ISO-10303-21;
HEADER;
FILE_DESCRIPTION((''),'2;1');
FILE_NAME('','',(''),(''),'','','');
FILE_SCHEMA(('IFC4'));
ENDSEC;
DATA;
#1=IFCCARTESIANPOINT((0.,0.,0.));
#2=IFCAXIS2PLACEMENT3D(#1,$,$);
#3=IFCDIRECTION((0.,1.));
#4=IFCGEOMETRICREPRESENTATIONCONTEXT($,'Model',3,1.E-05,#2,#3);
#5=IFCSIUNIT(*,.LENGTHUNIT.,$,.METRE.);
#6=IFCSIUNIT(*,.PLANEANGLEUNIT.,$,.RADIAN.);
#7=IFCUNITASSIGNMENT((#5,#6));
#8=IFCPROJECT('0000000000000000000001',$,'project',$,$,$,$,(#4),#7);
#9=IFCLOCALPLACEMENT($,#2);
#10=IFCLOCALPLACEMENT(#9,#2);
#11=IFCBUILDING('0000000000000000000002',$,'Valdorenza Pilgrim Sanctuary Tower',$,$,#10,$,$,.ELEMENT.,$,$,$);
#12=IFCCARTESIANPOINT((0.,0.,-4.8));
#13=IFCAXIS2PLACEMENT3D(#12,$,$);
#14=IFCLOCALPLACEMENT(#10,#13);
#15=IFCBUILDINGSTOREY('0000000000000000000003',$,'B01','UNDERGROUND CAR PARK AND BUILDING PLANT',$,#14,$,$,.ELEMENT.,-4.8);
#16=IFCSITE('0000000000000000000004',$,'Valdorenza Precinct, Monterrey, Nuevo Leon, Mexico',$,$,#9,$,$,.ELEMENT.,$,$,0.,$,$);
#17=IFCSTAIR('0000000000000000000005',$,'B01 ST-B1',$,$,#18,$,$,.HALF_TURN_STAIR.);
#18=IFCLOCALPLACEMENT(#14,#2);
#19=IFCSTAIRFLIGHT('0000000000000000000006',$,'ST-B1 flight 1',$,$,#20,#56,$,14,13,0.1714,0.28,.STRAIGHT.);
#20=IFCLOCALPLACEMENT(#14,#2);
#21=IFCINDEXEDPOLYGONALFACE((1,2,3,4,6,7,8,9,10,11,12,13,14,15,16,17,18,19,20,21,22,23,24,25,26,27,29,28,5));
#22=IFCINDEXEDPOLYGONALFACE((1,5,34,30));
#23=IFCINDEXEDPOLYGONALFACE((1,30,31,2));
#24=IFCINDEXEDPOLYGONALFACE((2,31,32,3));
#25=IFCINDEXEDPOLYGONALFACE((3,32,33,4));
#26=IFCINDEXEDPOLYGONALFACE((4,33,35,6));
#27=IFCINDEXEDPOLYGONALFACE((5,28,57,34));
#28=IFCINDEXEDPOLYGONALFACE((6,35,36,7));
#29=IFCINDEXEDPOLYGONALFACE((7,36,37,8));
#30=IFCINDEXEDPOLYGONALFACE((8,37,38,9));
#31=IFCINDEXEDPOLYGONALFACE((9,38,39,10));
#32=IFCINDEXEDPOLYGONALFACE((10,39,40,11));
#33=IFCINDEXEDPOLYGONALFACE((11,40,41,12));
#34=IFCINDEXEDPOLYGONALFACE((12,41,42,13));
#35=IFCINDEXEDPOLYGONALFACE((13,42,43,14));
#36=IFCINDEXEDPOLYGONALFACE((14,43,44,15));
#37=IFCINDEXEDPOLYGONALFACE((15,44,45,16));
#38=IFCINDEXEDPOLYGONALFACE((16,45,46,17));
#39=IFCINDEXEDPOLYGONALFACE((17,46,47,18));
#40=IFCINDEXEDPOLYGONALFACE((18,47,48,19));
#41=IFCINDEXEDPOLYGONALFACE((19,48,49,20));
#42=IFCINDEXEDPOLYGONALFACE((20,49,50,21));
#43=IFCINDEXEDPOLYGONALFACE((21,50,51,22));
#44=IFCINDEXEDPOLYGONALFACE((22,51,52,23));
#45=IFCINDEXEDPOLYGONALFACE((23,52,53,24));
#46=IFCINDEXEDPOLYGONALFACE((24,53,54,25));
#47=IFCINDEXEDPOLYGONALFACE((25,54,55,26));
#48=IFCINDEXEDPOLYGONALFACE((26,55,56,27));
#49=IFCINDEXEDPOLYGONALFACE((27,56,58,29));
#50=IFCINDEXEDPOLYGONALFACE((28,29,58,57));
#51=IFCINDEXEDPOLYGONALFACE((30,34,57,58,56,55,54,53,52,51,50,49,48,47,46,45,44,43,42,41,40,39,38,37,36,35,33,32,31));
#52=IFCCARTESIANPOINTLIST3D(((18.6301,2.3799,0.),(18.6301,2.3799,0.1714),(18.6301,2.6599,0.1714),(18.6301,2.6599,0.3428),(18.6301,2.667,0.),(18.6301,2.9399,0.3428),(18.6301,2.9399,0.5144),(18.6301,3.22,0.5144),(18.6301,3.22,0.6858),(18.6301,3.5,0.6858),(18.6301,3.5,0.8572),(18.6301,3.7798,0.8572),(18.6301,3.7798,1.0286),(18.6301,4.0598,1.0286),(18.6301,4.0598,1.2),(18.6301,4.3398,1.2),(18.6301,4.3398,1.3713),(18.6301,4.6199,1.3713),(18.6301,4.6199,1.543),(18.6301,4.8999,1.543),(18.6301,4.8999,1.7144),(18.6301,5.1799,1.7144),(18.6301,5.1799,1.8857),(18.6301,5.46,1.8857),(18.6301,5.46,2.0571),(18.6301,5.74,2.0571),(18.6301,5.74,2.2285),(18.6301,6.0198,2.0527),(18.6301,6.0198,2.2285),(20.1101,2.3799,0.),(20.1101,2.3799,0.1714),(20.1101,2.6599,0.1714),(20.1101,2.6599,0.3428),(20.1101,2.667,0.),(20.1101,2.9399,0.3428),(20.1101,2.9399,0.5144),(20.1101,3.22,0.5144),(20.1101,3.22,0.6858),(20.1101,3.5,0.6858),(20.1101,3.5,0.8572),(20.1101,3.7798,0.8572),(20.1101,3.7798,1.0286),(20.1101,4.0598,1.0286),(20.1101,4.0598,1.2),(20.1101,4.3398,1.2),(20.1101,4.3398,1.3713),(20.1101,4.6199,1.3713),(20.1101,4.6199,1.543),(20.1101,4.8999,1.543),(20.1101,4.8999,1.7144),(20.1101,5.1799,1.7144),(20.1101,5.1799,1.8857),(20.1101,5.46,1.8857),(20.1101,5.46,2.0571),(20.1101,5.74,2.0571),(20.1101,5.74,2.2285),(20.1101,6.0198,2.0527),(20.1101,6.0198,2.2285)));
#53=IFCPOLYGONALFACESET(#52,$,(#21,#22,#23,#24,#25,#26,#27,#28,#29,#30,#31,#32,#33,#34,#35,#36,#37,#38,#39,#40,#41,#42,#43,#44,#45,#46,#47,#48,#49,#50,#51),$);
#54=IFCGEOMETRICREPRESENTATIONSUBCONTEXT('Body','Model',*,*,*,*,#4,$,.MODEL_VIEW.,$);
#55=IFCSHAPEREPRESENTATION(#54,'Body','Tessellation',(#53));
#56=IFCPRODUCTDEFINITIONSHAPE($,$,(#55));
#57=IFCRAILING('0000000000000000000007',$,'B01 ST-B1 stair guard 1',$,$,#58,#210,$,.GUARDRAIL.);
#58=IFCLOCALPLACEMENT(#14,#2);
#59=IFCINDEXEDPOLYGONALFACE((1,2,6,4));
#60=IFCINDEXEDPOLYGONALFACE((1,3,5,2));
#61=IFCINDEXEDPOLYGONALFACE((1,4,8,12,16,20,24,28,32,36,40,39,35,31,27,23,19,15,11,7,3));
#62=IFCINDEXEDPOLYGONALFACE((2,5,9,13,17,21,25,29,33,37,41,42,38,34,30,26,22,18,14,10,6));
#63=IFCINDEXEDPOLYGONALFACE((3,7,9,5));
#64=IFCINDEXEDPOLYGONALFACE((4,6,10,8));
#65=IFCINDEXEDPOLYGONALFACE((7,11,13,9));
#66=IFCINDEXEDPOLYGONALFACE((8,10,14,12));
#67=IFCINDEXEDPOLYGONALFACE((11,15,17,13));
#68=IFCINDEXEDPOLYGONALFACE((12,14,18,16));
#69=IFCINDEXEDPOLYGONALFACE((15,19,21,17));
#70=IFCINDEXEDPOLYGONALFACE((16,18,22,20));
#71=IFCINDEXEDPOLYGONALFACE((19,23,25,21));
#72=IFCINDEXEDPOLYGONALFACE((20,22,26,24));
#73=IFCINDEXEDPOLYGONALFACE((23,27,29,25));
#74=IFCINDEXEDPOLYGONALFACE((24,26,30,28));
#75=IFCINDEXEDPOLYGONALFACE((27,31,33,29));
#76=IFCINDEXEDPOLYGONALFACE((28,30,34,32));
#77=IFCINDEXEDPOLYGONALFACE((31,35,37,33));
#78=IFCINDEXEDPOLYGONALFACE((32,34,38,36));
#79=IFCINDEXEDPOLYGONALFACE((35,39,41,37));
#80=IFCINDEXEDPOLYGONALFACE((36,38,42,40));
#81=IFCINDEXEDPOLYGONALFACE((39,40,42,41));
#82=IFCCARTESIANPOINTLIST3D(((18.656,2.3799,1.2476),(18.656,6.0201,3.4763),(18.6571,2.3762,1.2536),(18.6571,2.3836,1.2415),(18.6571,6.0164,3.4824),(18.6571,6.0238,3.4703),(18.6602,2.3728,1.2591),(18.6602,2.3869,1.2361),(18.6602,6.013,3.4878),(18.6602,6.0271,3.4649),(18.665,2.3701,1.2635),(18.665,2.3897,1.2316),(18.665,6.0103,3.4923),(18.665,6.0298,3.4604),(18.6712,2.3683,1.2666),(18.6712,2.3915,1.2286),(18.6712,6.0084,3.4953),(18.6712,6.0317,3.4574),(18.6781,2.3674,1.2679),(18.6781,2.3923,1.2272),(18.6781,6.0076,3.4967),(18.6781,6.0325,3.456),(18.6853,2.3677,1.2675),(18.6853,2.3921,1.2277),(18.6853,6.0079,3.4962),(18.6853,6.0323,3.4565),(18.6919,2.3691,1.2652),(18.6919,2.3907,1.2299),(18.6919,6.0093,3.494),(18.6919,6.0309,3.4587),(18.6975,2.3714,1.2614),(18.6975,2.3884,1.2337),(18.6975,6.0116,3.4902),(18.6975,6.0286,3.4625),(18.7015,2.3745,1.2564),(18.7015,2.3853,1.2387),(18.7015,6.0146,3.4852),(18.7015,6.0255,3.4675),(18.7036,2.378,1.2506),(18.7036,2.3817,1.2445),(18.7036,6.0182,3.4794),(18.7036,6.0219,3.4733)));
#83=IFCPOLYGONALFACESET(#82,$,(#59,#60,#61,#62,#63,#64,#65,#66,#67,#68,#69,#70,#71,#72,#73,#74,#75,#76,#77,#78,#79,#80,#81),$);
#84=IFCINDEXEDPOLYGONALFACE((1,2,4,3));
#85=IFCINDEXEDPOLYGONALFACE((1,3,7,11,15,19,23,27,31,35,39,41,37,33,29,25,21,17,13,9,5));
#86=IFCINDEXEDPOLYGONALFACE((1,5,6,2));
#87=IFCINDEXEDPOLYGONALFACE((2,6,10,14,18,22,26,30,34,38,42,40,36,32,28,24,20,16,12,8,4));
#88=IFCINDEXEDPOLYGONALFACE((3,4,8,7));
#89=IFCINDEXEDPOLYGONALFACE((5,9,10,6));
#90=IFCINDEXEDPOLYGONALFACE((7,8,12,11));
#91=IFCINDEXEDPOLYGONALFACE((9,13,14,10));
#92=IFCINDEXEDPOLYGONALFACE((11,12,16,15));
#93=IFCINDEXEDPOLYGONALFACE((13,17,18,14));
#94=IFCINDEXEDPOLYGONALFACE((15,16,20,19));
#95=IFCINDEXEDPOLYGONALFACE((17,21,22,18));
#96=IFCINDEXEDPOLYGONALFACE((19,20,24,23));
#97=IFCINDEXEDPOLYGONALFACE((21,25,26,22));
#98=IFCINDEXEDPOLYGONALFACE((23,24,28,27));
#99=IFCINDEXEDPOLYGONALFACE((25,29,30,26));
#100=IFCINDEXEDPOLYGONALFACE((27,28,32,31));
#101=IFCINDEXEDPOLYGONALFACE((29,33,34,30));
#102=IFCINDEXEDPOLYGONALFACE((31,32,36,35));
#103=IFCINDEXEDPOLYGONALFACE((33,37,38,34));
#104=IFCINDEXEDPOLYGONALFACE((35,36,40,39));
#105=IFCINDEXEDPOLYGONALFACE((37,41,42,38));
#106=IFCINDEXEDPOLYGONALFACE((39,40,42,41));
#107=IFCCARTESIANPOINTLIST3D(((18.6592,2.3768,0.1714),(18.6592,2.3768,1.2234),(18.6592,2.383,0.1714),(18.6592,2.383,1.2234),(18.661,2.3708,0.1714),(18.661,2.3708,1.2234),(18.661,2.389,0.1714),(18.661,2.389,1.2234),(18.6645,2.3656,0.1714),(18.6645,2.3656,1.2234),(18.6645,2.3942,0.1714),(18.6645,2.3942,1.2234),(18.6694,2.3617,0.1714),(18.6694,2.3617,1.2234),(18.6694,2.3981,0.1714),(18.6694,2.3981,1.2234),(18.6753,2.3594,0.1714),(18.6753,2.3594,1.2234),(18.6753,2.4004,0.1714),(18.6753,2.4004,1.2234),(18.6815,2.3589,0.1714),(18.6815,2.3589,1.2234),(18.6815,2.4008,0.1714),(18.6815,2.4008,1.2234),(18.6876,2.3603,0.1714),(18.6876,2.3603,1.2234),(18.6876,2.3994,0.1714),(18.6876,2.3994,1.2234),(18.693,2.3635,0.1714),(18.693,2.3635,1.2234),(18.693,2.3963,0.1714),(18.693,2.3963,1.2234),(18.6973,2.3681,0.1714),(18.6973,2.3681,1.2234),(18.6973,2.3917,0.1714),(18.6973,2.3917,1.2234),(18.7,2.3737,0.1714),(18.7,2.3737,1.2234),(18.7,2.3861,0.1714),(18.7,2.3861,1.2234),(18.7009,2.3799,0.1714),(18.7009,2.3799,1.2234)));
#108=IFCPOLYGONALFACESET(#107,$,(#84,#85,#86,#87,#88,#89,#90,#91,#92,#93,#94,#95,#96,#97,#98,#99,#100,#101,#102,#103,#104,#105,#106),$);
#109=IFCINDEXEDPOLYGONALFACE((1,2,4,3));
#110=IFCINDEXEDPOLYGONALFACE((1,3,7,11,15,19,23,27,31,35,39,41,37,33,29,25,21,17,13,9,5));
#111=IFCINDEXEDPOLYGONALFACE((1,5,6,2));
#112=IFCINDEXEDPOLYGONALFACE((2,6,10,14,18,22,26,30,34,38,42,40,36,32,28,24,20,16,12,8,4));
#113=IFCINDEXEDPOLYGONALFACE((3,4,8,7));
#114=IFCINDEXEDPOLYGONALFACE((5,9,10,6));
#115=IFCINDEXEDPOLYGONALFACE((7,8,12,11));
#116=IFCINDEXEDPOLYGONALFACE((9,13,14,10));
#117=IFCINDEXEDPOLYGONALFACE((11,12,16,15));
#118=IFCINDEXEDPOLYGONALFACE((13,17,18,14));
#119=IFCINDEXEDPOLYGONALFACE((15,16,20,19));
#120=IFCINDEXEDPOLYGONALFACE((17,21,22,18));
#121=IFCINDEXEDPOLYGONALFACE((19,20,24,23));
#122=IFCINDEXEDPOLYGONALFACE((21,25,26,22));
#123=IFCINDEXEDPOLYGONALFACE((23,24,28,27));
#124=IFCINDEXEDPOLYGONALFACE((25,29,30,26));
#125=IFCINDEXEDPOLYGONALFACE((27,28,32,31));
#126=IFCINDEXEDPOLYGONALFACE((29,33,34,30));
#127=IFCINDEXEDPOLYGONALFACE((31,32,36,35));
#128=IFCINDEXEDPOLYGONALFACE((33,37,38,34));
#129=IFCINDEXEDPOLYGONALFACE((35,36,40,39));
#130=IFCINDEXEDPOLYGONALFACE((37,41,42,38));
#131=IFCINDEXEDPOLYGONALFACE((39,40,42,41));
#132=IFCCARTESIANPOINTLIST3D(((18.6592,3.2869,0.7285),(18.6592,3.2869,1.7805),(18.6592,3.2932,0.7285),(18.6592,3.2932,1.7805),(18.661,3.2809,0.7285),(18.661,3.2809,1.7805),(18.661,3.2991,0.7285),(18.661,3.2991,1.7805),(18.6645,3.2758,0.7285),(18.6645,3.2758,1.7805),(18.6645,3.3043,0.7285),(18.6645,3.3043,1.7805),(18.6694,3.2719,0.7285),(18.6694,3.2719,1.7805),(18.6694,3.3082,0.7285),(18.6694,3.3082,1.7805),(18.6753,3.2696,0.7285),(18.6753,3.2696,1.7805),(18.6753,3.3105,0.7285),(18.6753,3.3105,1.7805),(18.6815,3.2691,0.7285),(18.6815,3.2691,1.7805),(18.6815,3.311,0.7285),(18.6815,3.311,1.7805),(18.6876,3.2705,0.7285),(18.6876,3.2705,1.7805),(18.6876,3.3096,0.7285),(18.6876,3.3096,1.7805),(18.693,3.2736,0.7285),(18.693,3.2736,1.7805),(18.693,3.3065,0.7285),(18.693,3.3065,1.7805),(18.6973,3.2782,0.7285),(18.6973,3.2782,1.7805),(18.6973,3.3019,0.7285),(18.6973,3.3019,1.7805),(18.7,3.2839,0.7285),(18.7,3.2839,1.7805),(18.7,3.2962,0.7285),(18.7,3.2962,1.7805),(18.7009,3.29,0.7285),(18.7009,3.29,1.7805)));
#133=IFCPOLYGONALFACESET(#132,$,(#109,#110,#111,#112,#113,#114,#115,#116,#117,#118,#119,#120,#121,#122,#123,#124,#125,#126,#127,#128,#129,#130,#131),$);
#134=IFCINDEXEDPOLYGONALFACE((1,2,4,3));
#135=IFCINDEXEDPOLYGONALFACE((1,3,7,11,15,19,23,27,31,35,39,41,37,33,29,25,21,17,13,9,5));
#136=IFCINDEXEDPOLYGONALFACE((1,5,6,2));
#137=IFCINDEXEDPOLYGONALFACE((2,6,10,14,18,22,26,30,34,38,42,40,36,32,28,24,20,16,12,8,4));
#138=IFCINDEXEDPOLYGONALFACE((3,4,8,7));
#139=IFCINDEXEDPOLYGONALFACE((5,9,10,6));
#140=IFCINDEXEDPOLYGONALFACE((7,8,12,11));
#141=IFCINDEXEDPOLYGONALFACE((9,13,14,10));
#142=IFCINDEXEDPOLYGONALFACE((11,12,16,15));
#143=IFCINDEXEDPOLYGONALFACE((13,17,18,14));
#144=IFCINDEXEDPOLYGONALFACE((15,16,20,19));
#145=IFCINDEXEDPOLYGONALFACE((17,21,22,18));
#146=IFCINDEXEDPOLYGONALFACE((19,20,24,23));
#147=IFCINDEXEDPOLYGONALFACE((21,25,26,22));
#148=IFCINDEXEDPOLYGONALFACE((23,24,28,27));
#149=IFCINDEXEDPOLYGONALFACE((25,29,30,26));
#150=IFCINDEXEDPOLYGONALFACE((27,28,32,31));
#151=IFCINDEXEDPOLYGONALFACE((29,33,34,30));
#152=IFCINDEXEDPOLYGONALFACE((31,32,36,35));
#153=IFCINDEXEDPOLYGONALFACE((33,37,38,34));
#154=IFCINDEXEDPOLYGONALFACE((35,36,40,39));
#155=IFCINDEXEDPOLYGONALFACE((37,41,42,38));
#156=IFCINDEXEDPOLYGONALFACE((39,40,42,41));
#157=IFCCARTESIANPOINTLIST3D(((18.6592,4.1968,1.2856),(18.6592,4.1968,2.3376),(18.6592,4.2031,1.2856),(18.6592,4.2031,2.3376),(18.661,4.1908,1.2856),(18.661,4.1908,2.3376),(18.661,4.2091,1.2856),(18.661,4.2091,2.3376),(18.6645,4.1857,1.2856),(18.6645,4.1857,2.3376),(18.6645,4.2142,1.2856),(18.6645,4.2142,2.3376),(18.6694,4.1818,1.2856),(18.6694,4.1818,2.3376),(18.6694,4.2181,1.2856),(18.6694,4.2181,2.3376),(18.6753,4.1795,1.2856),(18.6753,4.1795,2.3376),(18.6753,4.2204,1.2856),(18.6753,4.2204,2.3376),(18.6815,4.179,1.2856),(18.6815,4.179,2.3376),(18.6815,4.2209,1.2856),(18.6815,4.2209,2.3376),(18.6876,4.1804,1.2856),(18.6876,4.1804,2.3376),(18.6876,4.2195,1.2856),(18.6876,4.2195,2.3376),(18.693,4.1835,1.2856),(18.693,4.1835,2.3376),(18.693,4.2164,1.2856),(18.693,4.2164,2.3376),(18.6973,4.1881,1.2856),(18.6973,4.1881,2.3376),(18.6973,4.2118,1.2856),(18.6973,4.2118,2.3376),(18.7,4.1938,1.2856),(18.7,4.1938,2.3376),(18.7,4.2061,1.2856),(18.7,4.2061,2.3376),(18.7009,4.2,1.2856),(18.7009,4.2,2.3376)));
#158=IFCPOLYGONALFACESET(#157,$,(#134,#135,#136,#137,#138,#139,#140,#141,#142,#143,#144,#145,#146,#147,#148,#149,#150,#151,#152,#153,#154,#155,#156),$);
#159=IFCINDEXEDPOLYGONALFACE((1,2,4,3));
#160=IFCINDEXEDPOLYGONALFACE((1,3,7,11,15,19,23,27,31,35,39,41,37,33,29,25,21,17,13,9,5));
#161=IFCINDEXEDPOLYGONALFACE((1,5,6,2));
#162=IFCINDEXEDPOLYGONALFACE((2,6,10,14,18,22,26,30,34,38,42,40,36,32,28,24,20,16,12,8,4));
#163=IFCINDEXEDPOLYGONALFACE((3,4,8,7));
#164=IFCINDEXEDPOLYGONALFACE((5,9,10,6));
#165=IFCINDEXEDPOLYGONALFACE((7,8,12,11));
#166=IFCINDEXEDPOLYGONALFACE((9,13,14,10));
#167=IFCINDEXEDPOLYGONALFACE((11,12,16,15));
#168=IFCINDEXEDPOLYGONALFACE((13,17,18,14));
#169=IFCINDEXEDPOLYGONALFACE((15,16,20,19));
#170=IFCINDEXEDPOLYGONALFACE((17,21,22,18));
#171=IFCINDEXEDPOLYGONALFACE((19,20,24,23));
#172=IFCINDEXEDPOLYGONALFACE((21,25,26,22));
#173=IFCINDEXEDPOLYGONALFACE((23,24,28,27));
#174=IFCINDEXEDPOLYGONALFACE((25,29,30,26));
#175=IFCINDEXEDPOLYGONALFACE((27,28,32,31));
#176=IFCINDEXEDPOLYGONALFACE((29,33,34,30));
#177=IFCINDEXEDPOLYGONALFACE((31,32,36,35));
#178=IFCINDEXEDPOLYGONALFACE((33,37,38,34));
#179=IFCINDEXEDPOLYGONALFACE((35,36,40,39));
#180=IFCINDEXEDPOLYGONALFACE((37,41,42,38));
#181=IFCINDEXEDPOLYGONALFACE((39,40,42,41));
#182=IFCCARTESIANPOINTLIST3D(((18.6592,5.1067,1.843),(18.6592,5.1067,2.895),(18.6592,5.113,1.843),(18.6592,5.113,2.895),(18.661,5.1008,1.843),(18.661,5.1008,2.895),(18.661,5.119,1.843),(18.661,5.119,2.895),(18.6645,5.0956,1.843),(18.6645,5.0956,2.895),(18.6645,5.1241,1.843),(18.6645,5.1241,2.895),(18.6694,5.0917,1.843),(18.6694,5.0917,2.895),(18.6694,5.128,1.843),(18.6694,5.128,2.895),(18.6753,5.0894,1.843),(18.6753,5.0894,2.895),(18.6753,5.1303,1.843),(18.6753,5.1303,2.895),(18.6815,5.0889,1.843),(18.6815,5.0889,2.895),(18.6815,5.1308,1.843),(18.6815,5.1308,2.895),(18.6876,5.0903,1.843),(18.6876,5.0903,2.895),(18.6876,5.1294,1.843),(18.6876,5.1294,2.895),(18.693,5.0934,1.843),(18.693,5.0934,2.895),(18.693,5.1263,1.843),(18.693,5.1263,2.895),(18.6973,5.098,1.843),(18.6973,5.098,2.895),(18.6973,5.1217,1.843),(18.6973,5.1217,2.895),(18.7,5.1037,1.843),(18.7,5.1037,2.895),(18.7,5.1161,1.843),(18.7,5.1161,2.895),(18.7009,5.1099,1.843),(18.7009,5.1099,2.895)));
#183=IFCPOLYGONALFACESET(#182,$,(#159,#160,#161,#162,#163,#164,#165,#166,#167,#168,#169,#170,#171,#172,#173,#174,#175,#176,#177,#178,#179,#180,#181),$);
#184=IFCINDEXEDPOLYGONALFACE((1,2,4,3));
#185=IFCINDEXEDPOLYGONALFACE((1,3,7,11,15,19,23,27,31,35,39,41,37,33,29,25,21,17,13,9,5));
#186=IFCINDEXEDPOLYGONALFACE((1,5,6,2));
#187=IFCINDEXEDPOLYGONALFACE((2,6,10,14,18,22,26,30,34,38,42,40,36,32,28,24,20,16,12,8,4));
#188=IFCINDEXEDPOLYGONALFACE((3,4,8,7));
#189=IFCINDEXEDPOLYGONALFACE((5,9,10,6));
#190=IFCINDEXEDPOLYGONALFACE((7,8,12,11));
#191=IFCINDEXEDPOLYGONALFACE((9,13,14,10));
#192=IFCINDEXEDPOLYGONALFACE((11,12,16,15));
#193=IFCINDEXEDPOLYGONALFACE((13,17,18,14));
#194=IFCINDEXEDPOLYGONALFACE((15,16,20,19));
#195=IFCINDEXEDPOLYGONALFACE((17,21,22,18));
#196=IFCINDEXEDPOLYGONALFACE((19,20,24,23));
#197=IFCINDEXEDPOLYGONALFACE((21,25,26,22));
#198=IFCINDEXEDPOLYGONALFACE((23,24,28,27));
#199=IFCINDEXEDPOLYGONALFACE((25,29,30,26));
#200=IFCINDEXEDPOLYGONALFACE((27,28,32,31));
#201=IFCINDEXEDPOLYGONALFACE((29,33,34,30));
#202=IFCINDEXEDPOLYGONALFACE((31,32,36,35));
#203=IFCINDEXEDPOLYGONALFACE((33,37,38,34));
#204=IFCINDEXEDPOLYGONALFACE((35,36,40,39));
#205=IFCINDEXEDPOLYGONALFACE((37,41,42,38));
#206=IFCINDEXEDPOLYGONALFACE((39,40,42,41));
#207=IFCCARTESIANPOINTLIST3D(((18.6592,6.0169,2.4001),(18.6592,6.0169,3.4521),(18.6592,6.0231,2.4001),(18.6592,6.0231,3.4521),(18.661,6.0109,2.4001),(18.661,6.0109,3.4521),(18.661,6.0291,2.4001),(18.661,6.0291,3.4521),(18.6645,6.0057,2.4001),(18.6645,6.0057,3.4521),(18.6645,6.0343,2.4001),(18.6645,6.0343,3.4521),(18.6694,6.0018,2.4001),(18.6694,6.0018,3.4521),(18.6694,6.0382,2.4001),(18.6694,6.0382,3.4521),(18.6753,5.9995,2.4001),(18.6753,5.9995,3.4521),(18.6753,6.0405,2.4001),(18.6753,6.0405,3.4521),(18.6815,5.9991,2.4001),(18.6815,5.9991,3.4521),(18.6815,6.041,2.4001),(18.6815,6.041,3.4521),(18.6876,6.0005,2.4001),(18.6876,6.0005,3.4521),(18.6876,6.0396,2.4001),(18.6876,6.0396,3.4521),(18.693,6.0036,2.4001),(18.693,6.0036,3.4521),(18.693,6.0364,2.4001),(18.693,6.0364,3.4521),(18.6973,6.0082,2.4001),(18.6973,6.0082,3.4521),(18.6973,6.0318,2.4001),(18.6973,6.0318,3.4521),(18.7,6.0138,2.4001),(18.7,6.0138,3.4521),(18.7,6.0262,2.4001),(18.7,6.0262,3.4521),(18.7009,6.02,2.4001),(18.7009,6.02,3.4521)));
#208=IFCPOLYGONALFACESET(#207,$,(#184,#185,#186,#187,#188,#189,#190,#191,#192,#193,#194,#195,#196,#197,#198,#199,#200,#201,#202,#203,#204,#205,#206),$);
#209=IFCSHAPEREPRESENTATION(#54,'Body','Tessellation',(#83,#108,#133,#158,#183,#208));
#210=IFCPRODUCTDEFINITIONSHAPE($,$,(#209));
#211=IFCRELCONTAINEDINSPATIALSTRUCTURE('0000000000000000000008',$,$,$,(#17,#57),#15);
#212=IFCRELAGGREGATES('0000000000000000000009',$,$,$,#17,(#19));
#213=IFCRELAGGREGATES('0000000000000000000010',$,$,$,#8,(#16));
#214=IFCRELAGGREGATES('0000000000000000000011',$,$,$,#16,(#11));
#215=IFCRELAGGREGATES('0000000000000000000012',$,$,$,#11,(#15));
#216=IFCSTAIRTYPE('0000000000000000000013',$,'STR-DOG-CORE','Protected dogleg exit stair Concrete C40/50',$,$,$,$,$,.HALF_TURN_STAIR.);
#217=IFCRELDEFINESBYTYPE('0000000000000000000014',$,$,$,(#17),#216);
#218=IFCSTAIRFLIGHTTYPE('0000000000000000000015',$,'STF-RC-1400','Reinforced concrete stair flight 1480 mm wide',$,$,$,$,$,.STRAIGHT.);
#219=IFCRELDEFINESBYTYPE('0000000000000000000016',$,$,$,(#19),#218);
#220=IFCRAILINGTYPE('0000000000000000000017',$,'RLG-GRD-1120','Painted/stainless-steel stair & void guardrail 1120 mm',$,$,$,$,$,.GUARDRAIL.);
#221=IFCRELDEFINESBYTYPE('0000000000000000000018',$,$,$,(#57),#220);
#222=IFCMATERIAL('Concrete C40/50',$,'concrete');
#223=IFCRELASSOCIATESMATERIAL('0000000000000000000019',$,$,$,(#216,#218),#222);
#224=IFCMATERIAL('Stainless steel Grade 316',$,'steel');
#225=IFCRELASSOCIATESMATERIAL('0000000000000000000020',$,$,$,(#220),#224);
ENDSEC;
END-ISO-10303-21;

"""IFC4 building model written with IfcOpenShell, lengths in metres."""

from ifc_helpers import new_model, si_unit, direction, frame, origin, origin_2d, place, context, subcontext, project, spatial, polyline, circle, outline, extrude, material, type_object, element, aggregate, save


model = new_model("IFC4")

# Units and contexts
model_context = context("Model", 3, precision=1e-05, world=origin(), true_north=direction((0.0, 1.0)))
body_context = subcontext(model_context, "Body", "Model", "MODEL_VIEW")
ifc_project = project(units=[si_unit("LENGTHUNIT", "METRE"), si_unit("PLANEANGLEUNIT", "RADIAN")], contexts=[model_context])

# Site, building, storey
site_placement = place(None, origin())
site = spatial("IfcSite", under=ifc_project, at=site_placement, Name="Valdorenza Precinct, Monterrey, Nuevo Leon, Mexico", CompositionType="ELEMENT", RefElevation=0.0)
building_placement = place(site_placement, origin())
building = spatial("IfcBuilding", under=site, at=building_placement, Name="Valdorenza Pilgrim Sanctuary Tower", CompositionType="ELEMENT")
storey_placement = place(building_placement, frame((0.0, 0.0, -4.8)))
storey = spatial("IfcBuildingStorey", under=building, at=storey_placement, Name="B01", Description="UNDERGROUND CAR PARK AND BUILDING PLANT", CompositionType="ELEMENT", Elevation=-4.8)

# Shared definitions
ifc_material_1 = material(Name="Concrete C40/50", Category="concrete")

# Stair, stair flight
stair_type = type_object("IfcStairType", Name="STR-DOG-CORE", Description="Protected dogleg exit stair Concrete C40/50", PredefinedType="HALF_TURN_STAIR", material=ifc_material_1)
stair_placement = place(storey_placement, origin())
stair = element("IfcStair", 1, at=stair_placement, inside=storey, type_object=stair_type, Name="B01 ST-B1", PredefinedType="HALF_TURN_STAIR")
stair_flight_type = type_object("IfcStairFlightType", Name="STF-RC-1400", Description="Reinforced concrete stair flight 1480 mm wide", PredefinedType="STRAIGHT", material=ifc_material_1)
stair_flight_placement = place(storey_placement, frame((19.3701, 2.3799, 0.0), z_axis=(0.0, 0.0, 1.0), x_axis=(0.0, 1.0, 0.0)))
stair_flight = element("IfcStairFlight", 2, at=stair_flight_placement, type_object=stair_flight_type, Name="ST-B1 flight 1", NumberOfRisers=14, NumberOfTreads=13, PredefinedType="STRAIGHT", RiserHeight=0.1714, TreadLength=0.28, context=body_context, shape_type="SweptSolid", body=[
    extrude(outline(polyline([(0.0, 0.0), (0.0, 0.1714), (0.28, 0.1714), (0.28, 0.3428), (0.5601, 0.3428), (0.5601, 0.5144), (0.8401, 0.5144), (0.8401, 0.6858), (1.1201, 0.6858), (1.1201, 0.8572), (1.3999, 0.8572), (1.3999, 1.0286), (1.6799, 1.0286), (1.6799, 1.2), (1.96, 1.2), (1.96, 1.3713), (2.24, 1.3713), (2.24, 1.543), (2.52, 1.543), (2.52, 1.7144), (2.8, 1.7144), (2.8, 1.8857), (3.0801, 1.8857), (3.0801, 2.0571), (3.3601, 2.0571), (3.3601, 2.2285), (3.6399, 2.2285), (3.6399, 2.3999), (3.6399, 2.0527), (0.2871, 0.0), (0.0, 0.0)])), frame((0.0, 0.74, 0.0), z_axis=(0.0, -1.0, 0.0), x_axis=(1.0, 0.0, 0.0)), (0.0, 0.0, 1.0), 1.48),
])
aggregate(stair, [stair_flight])

# Railing
ifc_material_2 = material(Name="Stainless steel Grade 316", Category="steel")
railing_type_1 = type_object("IfcRailingType", Name="RLG-GRD-1120", Description="Painted/stainless-steel stair & void guardrail 1120 mm", PredefinedType="GUARDRAIL", material=ifc_material_2)
railing_1_placement = place(storey_placement, frame((18.6799, 2.3799, 0.1714)))
element("IfcRailing", 3, at=railing_1_placement, inside=storey, type_object=railing_type_1, Name="B01 ST-B1 stair guard 1", PredefinedType="GUARDRAIL", context=body_context, shape_type="SweptSolid", body=[
    extrude(circle(Radius=0.0239, at=origin_2d()), frame((0.0, 0.0, 1.0762), z_axis=(0.0, 0.85284, 0.522172), x_axis=(-1.0, 0.0, 0.0)), (0.0, 0.0, 1.0), 4.2683),
    extrude(circle(Radius=0.021, at=origin_2d()), origin(), (0.0, 0.0, 1.0), 1.052),
    extrude(circle(Radius=0.021, at=origin_2d()), frame((0.0, 0.9102, 0.5571)), (0.0, 0.0, 1.0), 1.052),
    extrude(circle(Radius=0.021, at=origin_2d()), frame((0.0, 1.8201, 1.1143)), (0.0, 0.0, 1.0), 1.052),
    extrude(circle(Radius=0.021, at=origin_2d()), frame((0.0, 2.73, 1.6716)), (0.0, 0.0, 1.0), 1.052),
    extrude(circle(Radius=0.021, at=origin_2d()), frame((0.0, 3.6401, 2.2288)), (0.0, 0.0, 1.0), 1.052),
])

save(model, "model.ifc")
